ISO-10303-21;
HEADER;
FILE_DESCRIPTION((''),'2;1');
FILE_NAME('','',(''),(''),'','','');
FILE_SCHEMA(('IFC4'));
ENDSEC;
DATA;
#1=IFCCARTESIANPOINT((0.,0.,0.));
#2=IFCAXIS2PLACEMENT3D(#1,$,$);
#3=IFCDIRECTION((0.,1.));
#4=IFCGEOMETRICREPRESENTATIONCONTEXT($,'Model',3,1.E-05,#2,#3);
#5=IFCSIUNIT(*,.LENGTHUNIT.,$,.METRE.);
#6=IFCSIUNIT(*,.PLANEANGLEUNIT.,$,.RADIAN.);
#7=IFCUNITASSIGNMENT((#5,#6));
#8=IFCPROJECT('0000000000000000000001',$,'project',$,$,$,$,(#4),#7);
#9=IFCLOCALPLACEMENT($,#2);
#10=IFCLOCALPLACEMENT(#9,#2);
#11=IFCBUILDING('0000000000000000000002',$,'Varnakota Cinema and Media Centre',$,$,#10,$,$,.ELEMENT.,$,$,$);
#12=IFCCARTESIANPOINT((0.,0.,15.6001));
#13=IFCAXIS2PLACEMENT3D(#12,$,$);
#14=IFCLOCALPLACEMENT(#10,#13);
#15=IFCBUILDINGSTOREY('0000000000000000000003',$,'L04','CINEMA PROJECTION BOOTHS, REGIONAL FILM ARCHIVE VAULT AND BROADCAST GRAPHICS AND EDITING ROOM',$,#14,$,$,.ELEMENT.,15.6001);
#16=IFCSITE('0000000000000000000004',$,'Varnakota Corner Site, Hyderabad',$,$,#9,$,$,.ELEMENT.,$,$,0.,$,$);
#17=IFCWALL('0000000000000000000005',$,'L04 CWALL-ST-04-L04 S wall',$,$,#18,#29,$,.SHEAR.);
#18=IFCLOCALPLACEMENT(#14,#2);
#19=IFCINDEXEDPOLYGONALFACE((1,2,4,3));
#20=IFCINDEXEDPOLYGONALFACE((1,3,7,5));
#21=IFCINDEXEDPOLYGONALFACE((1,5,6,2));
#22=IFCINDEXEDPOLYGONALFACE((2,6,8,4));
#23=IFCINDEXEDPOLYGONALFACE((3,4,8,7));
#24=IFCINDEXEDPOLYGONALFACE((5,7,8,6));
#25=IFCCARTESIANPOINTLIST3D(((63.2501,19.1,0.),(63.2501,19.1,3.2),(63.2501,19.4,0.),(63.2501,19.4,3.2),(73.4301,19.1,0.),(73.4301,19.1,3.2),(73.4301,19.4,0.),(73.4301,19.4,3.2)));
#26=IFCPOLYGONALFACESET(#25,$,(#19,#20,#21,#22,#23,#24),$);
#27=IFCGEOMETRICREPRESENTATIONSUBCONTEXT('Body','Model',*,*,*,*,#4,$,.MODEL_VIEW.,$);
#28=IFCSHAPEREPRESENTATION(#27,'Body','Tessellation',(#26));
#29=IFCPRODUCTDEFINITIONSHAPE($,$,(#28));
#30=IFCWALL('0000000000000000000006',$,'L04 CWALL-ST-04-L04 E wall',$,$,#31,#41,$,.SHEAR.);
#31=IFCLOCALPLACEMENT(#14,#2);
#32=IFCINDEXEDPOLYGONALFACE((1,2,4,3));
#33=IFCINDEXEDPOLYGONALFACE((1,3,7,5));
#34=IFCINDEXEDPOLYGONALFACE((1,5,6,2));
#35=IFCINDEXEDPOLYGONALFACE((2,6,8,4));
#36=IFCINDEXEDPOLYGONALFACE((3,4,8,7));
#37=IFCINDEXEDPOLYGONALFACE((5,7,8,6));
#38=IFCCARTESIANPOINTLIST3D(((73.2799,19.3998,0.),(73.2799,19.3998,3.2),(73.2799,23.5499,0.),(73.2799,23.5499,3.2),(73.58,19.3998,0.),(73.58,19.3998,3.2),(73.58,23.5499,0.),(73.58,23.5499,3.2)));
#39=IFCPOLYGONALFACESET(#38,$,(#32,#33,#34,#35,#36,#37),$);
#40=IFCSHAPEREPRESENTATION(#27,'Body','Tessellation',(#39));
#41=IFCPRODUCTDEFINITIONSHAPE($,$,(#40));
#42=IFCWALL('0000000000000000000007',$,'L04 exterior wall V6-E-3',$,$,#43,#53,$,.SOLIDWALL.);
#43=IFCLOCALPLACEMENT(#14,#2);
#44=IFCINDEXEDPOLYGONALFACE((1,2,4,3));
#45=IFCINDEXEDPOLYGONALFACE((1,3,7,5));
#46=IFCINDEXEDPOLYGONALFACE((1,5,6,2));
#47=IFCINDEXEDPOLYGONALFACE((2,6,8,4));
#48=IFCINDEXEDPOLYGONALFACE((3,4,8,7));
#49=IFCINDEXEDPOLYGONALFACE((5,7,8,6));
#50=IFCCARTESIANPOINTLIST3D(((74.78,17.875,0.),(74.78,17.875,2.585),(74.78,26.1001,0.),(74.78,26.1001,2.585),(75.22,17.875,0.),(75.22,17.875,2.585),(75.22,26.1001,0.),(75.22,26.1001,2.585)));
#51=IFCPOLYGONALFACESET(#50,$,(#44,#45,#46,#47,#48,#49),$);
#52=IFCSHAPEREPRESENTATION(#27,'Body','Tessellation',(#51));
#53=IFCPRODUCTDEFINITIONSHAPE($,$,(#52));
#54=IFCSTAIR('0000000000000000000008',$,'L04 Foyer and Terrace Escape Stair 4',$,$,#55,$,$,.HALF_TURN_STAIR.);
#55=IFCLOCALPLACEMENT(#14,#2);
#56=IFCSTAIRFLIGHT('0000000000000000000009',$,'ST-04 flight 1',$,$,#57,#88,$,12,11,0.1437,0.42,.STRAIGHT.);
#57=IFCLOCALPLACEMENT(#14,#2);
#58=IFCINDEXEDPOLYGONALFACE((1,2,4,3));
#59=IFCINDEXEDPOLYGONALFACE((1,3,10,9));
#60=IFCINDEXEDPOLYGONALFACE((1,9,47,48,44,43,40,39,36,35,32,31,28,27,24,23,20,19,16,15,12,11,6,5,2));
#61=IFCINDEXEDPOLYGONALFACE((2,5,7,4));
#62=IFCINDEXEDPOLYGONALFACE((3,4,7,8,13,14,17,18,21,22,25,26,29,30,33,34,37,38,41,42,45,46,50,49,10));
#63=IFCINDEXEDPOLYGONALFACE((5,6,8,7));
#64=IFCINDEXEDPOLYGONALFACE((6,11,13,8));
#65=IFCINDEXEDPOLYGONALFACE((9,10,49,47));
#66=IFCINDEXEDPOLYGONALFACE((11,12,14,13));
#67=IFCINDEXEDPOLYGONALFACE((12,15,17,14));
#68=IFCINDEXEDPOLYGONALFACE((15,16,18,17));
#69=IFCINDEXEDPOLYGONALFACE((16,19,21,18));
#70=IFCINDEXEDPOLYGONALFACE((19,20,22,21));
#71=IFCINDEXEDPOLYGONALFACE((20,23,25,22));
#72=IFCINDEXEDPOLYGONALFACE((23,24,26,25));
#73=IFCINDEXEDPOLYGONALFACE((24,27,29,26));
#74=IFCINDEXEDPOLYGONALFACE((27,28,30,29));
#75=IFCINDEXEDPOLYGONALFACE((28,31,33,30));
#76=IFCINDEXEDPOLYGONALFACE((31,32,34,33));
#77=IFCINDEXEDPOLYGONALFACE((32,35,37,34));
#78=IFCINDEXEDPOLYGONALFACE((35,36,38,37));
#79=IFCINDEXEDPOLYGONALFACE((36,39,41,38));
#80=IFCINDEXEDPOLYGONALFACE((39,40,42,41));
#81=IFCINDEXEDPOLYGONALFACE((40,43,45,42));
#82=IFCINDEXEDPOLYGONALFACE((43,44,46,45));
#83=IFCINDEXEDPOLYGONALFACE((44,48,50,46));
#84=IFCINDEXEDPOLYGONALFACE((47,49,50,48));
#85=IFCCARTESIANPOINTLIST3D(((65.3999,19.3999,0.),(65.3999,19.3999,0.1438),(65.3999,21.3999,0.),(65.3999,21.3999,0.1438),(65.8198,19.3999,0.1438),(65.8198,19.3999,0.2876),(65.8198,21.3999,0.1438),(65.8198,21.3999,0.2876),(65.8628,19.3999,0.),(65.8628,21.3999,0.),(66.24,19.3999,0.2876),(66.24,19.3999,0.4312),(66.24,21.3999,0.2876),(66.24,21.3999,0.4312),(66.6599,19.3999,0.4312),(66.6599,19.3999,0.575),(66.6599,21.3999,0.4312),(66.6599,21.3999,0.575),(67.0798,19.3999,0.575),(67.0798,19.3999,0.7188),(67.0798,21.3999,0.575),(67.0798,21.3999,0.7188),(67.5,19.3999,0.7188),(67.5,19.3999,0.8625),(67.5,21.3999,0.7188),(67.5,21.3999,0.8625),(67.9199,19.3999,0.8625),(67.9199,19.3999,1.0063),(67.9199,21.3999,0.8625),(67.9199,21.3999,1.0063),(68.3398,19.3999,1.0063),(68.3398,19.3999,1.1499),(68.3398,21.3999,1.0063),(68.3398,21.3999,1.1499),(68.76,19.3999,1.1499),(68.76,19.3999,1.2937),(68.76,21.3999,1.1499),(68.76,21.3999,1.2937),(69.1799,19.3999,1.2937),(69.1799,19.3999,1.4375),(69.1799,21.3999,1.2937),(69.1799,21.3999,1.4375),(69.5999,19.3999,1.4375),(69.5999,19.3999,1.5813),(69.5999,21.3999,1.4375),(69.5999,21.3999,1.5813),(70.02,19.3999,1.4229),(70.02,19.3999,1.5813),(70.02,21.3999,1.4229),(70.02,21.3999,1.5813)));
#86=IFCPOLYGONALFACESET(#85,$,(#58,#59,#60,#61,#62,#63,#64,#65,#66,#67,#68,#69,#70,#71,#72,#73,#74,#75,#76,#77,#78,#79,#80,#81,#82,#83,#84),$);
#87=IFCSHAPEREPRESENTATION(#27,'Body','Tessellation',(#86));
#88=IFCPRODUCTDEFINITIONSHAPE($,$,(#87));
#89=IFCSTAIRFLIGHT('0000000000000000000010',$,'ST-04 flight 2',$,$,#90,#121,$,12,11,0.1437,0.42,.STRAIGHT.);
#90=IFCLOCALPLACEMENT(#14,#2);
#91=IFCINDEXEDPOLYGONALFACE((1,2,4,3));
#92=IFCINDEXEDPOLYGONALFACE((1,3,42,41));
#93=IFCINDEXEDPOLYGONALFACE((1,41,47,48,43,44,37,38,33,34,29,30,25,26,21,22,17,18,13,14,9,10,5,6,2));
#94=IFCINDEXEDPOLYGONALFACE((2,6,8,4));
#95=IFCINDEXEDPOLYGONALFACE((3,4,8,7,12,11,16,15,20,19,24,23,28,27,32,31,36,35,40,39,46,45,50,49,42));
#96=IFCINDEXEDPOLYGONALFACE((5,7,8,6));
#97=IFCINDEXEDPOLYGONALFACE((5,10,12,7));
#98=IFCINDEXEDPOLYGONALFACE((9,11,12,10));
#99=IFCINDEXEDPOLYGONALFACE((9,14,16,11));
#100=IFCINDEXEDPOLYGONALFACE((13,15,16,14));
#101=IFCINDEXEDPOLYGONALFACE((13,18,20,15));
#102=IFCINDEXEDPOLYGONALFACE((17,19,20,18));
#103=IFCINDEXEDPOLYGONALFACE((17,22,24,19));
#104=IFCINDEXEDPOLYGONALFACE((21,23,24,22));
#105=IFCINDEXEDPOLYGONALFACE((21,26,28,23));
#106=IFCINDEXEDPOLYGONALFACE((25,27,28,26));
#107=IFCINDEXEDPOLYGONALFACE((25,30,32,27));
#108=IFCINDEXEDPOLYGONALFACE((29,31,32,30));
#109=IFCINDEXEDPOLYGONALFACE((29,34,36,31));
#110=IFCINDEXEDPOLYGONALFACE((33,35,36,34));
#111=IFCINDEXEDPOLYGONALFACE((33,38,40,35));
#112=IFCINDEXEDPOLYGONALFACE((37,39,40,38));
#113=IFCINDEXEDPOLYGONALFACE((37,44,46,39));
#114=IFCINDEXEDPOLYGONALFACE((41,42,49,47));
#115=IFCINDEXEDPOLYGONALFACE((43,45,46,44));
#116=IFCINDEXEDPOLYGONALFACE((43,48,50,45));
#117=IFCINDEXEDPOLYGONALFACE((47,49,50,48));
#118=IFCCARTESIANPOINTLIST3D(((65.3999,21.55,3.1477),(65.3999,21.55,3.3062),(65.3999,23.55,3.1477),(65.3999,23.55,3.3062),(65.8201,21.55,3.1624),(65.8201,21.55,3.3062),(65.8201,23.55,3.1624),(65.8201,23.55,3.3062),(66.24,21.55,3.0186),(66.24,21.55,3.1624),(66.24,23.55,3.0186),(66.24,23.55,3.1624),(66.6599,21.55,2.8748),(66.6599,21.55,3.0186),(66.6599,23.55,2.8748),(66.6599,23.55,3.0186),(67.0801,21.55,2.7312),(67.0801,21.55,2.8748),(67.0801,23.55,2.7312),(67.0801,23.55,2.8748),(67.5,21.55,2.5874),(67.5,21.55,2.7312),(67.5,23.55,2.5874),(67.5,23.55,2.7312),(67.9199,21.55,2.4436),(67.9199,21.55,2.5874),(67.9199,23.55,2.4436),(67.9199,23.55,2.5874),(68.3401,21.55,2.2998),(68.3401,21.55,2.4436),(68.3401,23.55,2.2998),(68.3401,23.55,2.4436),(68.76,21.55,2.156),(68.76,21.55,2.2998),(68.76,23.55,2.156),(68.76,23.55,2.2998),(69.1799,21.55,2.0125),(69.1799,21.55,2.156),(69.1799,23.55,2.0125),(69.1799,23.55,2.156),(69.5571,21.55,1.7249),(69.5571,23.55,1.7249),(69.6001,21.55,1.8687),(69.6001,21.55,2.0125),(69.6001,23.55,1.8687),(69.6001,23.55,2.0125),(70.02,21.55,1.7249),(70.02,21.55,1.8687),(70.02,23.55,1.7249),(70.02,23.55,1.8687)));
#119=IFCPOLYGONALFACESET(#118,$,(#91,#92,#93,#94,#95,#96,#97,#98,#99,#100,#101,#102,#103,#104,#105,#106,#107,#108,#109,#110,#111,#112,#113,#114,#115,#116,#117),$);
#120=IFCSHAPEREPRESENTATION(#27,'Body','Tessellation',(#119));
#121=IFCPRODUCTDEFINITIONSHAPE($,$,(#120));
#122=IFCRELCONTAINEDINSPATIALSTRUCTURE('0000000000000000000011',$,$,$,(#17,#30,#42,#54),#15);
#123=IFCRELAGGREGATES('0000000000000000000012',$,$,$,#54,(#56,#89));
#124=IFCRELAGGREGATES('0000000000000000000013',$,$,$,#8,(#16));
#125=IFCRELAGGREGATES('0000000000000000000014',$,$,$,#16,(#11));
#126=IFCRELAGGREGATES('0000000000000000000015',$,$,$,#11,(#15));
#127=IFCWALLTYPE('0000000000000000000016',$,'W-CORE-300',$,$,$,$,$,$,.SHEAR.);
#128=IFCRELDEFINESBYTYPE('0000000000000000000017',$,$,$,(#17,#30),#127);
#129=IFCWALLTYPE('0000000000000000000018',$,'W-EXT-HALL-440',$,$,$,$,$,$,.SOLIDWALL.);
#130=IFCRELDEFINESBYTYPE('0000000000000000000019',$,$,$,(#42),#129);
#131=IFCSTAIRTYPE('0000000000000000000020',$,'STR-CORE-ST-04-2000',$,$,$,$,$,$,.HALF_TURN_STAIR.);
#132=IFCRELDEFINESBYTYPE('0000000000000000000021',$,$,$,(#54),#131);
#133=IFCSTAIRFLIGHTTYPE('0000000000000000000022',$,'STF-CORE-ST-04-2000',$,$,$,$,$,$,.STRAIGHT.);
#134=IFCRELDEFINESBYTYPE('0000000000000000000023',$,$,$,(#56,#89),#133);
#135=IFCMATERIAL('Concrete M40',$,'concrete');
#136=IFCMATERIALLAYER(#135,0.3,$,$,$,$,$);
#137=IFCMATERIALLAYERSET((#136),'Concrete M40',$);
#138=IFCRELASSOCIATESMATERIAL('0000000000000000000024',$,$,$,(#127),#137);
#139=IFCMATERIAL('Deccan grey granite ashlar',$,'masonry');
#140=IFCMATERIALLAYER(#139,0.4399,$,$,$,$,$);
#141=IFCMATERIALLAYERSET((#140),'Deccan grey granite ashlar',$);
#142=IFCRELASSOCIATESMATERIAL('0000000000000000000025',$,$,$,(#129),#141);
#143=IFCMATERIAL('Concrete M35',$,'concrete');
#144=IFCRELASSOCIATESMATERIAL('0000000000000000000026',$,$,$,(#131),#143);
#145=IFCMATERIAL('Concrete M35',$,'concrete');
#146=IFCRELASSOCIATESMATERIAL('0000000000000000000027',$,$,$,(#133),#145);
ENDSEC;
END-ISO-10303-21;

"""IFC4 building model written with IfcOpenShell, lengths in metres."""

from ifc_helpers import new_model, si_unit, direction, frame, frame_2d, origin, place, context, subcontext, project, spatial, polyline, rectangle, outline, extrude, material, layer, layer_set, type_object, element, aggregate, save


model = new_model("IFC4")

# Units and contexts
model_context = context("Model", 3, precision=1e-05, world=origin(), true_north=direction((0.0, 1.0)))
body_context = subcontext(model_context, "Body", "Model", "MODEL_VIEW")
ifc_project = project(units=[si_unit("LENGTHUNIT", "METRE"), si_unit("PLANEANGLEUNIT", "RADIAN")], contexts=[model_context])

# Site, building, storey
site_placement = place(None, origin())
site = spatial("IfcSite", under=ifc_project, at=site_placement, Name="Varnakota Corner Site, Hyderabad", CompositionType="ELEMENT", RefElevation=0.0)
building_placement = place(site_placement, origin())
building = spatial("IfcBuilding", under=site, at=building_placement, Name="Varnakota Cinema and Media Centre", CompositionType="ELEMENT")
storey_placement = place(building_placement, frame((0.0, 0.0, 15.6001)))
storey = spatial("IfcBuildingStorey", under=building, at=storey_placement, Name="L04", Description="CINEMA PROJECTION BOOTHS, REGIONAL FILM ARCHIVE VAULT AND BROADCAST GRAPHICS AND EDITING ROOM", CompositionType="ELEMENT", Elevation=15.6001)

# Walls
ifc_material_1 = material(Name="Concrete M40", Category="concrete")
ifc_layer_1 = layer(ifc_material_1, 0.3)
ifc_layer_set_1 = layer_set([ifc_layer_1], Name="Concrete M40")
wall_type_1 = type_object("IfcWallType", Name="W-CORE-300", PredefinedType="SHEAR", material=ifc_layer_set_1)
wall_1_placement = place(storey_placement, frame((73.4299, 19.25, 0.0), z_axis=(0.0, 0.0, 1.0), x_axis=(-1.0, 0.0, 0.0)))
element("IfcWall", 1, at=wall_1_placement, inside=storey, type_object=wall_type_1, Name="L04 CWALL-ST-04-L04 S wall", PredefinedType="SHEAR", context=body_context, shape_type="SweptSolid", body=[
    extrude(rectangle(XDim=10.1799, YDim=0.3, at=frame_2d((5.0898, 0.0))), origin(), (0.0, 0.0, 1.0), 3.2),
])
wall_2_placement = place(storey_placement, frame((73.4299, 23.55, 0.0), z_axis=(0.0, 0.0, 1.0), x_axis=(0.0, -1.0, 0.0)))
element("IfcWall", 2, at=wall_2_placement, inside=storey, type_object=wall_type_1, Name="L04 CWALL-ST-04-L04 E wall", PredefinedType="SHEAR", context=body_context, shape_type="SweptSolid", body=[
    extrude(rectangle(XDim=4.1501, YDim=0.3, at=frame_2d((2.0752, 0.0))), origin(), (0.0, 0.0, 1.0), 3.2),
])
ifc_material_2 = material(Name="Deccan grey granite ashlar", Category="masonry")
ifc_layer_2 = layer(ifc_material_2, 0.4399)
ifc_layer_set_2 = layer_set([ifc_layer_2], Name="Deccan grey granite ashlar")
wall_type_2 = type_object("IfcWallType", Name="W-EXT-HALL-440", PredefinedType="SOLIDWALL", material=ifc_layer_set_2)
wall_3_placement = place(storey_placement, frame((75.0, 17.875, 0.0), z_axis=(0.0, 0.0, 1.0), x_axis=(0.0, 1.0, 0.0)))
element("IfcWall", 3, at=wall_3_placement, inside=storey, type_object=wall_type_2, Name="L04 exterior wall V6-E-3", PredefinedType="SOLIDWALL", context=body_context, shape_type="SweptSolid", body=[
    extrude(rectangle(XDim=8.2251, YDim=0.4399, at=frame_2d((4.1125, 0.0))), origin(), (0.0, 0.0, 1.0), 2.585),
])

# Stair, stair flights
ifc_material_3 = material(Name="Concrete M35", Category="concrete")
stair_type = type_object("IfcStairType", Name="STR-CORE-ST-04-2000", PredefinedType="HALF_TURN_STAIR", material=ifc_material_3)
stair_placement = place(storey_placement, origin())
stair = element("IfcStair", 4, at=stair_placement, inside=storey, type_object=stair_type, Name="L04 Foyer and Terrace Escape Stair 4", PredefinedType="HALF_TURN_STAIR")
ifc_material_4 = material(Name="Concrete M35", Category="concrete")
stair_flight_type = type_object("IfcStairFlightType", Name="STF-CORE-ST-04-2000", PredefinedType="STRAIGHT", material=ifc_material_4)
stair_flight_1_placement = place(storey_placement, frame((65.3999, 20.3999, 0.0), z_axis=(0.0, 0.0, 1.0), x_axis=(1.0, 0.0, 0.0)))
stair_flight_1 = element("IfcStairFlight", 5, at=stair_flight_1_placement, type_object=stair_flight_type, Name="ST-04 flight 1", NumberOfRisers=12, NumberOfTreads=11, PredefinedType="STRAIGHT", RiserHeight=0.1437, TreadLength=0.42, context=body_context, shape_type="SweptSolid", body=[
    extrude(outline(polyline([(0.0, 0.0), (0.0, 0.1438), (0.4199, 0.1438), (0.4199, 0.2876), (0.8401, 0.2876), (0.8401, 0.4312), (1.26, 0.4312), (1.26, 0.575), (1.6799, 0.575), (1.6799, 0.7188), (2.1001, 0.7188), (2.1001, 0.8625), (2.52, 0.8625), (2.52, 1.0063), (2.9399, 1.0063), (2.9399, 1.1499), (3.3601, 1.1499), (3.3601, 1.2937), (3.78, 1.2937), (3.78, 1.4375), (4.2, 1.4375), (4.2, 1.5813), (4.6201, 1.5813), (4.6201, 1.7251), (4.6201, 1.4229), (0.4629, 0.0), (0.0, 0.0)])), frame((0.0, 1.0, 0.0), z_axis=(0.0, -1.0, 0.0), x_axis=(1.0, 0.0, 0.0)), (0.0, 0.0, 1.0), 2.0),
])
stair_flight_2_placement = place(storey_placement, frame((70.02, 22.55, 1.7249), z_axis=(0.0, 0.0, 1.0), x_axis=(-1.0, 0.0, 0.0)))
stair_flight_2 = element("IfcStairFlight", 6, at=stair_flight_2_placement, type_object=stair_flight_type, Name="ST-04 flight 2", NumberOfRisers=12, NumberOfTreads=11, PredefinedType="STRAIGHT", RiserHeight=0.1437, TreadLength=0.42, context=body_context, shape_type="SweptSolid", body=[
    extrude(outline(polyline([(0.0, 0.0), (0.0, 0.1438), (0.4199, 0.1438), (0.4199, 0.2876), (0.8401, 0.2876), (0.8401, 0.4312), (1.26, 0.4312), (1.26, 0.575), (1.6799, 0.575), (1.6799, 0.7188), (2.1001, 0.7188), (2.1001, 0.8625), (2.52, 0.8625), (2.52, 1.0063), (2.9399, 1.0063), (2.9399, 1.1499), (3.3601, 1.1499), (3.3601, 1.2937), (3.78, 1.2937), (3.78, 1.4375), (4.2, 1.4375), (4.2, 1.5813), (4.6201, 1.5813), (4.6201, 1.7251), (4.6201, 1.4229), (0.4629, 0.0), (0.0, 0.0)])), frame((0.0, 1.0, 0.0), z_axis=(0.0, -1.0, 0.0), x_axis=(1.0, 0.0, 0.0)), (0.0, 0.0, 1.0), 2.0),
])
aggregate(stair, [stair_flight_1, stair_flight_2])

save(model, "model.ifc")
